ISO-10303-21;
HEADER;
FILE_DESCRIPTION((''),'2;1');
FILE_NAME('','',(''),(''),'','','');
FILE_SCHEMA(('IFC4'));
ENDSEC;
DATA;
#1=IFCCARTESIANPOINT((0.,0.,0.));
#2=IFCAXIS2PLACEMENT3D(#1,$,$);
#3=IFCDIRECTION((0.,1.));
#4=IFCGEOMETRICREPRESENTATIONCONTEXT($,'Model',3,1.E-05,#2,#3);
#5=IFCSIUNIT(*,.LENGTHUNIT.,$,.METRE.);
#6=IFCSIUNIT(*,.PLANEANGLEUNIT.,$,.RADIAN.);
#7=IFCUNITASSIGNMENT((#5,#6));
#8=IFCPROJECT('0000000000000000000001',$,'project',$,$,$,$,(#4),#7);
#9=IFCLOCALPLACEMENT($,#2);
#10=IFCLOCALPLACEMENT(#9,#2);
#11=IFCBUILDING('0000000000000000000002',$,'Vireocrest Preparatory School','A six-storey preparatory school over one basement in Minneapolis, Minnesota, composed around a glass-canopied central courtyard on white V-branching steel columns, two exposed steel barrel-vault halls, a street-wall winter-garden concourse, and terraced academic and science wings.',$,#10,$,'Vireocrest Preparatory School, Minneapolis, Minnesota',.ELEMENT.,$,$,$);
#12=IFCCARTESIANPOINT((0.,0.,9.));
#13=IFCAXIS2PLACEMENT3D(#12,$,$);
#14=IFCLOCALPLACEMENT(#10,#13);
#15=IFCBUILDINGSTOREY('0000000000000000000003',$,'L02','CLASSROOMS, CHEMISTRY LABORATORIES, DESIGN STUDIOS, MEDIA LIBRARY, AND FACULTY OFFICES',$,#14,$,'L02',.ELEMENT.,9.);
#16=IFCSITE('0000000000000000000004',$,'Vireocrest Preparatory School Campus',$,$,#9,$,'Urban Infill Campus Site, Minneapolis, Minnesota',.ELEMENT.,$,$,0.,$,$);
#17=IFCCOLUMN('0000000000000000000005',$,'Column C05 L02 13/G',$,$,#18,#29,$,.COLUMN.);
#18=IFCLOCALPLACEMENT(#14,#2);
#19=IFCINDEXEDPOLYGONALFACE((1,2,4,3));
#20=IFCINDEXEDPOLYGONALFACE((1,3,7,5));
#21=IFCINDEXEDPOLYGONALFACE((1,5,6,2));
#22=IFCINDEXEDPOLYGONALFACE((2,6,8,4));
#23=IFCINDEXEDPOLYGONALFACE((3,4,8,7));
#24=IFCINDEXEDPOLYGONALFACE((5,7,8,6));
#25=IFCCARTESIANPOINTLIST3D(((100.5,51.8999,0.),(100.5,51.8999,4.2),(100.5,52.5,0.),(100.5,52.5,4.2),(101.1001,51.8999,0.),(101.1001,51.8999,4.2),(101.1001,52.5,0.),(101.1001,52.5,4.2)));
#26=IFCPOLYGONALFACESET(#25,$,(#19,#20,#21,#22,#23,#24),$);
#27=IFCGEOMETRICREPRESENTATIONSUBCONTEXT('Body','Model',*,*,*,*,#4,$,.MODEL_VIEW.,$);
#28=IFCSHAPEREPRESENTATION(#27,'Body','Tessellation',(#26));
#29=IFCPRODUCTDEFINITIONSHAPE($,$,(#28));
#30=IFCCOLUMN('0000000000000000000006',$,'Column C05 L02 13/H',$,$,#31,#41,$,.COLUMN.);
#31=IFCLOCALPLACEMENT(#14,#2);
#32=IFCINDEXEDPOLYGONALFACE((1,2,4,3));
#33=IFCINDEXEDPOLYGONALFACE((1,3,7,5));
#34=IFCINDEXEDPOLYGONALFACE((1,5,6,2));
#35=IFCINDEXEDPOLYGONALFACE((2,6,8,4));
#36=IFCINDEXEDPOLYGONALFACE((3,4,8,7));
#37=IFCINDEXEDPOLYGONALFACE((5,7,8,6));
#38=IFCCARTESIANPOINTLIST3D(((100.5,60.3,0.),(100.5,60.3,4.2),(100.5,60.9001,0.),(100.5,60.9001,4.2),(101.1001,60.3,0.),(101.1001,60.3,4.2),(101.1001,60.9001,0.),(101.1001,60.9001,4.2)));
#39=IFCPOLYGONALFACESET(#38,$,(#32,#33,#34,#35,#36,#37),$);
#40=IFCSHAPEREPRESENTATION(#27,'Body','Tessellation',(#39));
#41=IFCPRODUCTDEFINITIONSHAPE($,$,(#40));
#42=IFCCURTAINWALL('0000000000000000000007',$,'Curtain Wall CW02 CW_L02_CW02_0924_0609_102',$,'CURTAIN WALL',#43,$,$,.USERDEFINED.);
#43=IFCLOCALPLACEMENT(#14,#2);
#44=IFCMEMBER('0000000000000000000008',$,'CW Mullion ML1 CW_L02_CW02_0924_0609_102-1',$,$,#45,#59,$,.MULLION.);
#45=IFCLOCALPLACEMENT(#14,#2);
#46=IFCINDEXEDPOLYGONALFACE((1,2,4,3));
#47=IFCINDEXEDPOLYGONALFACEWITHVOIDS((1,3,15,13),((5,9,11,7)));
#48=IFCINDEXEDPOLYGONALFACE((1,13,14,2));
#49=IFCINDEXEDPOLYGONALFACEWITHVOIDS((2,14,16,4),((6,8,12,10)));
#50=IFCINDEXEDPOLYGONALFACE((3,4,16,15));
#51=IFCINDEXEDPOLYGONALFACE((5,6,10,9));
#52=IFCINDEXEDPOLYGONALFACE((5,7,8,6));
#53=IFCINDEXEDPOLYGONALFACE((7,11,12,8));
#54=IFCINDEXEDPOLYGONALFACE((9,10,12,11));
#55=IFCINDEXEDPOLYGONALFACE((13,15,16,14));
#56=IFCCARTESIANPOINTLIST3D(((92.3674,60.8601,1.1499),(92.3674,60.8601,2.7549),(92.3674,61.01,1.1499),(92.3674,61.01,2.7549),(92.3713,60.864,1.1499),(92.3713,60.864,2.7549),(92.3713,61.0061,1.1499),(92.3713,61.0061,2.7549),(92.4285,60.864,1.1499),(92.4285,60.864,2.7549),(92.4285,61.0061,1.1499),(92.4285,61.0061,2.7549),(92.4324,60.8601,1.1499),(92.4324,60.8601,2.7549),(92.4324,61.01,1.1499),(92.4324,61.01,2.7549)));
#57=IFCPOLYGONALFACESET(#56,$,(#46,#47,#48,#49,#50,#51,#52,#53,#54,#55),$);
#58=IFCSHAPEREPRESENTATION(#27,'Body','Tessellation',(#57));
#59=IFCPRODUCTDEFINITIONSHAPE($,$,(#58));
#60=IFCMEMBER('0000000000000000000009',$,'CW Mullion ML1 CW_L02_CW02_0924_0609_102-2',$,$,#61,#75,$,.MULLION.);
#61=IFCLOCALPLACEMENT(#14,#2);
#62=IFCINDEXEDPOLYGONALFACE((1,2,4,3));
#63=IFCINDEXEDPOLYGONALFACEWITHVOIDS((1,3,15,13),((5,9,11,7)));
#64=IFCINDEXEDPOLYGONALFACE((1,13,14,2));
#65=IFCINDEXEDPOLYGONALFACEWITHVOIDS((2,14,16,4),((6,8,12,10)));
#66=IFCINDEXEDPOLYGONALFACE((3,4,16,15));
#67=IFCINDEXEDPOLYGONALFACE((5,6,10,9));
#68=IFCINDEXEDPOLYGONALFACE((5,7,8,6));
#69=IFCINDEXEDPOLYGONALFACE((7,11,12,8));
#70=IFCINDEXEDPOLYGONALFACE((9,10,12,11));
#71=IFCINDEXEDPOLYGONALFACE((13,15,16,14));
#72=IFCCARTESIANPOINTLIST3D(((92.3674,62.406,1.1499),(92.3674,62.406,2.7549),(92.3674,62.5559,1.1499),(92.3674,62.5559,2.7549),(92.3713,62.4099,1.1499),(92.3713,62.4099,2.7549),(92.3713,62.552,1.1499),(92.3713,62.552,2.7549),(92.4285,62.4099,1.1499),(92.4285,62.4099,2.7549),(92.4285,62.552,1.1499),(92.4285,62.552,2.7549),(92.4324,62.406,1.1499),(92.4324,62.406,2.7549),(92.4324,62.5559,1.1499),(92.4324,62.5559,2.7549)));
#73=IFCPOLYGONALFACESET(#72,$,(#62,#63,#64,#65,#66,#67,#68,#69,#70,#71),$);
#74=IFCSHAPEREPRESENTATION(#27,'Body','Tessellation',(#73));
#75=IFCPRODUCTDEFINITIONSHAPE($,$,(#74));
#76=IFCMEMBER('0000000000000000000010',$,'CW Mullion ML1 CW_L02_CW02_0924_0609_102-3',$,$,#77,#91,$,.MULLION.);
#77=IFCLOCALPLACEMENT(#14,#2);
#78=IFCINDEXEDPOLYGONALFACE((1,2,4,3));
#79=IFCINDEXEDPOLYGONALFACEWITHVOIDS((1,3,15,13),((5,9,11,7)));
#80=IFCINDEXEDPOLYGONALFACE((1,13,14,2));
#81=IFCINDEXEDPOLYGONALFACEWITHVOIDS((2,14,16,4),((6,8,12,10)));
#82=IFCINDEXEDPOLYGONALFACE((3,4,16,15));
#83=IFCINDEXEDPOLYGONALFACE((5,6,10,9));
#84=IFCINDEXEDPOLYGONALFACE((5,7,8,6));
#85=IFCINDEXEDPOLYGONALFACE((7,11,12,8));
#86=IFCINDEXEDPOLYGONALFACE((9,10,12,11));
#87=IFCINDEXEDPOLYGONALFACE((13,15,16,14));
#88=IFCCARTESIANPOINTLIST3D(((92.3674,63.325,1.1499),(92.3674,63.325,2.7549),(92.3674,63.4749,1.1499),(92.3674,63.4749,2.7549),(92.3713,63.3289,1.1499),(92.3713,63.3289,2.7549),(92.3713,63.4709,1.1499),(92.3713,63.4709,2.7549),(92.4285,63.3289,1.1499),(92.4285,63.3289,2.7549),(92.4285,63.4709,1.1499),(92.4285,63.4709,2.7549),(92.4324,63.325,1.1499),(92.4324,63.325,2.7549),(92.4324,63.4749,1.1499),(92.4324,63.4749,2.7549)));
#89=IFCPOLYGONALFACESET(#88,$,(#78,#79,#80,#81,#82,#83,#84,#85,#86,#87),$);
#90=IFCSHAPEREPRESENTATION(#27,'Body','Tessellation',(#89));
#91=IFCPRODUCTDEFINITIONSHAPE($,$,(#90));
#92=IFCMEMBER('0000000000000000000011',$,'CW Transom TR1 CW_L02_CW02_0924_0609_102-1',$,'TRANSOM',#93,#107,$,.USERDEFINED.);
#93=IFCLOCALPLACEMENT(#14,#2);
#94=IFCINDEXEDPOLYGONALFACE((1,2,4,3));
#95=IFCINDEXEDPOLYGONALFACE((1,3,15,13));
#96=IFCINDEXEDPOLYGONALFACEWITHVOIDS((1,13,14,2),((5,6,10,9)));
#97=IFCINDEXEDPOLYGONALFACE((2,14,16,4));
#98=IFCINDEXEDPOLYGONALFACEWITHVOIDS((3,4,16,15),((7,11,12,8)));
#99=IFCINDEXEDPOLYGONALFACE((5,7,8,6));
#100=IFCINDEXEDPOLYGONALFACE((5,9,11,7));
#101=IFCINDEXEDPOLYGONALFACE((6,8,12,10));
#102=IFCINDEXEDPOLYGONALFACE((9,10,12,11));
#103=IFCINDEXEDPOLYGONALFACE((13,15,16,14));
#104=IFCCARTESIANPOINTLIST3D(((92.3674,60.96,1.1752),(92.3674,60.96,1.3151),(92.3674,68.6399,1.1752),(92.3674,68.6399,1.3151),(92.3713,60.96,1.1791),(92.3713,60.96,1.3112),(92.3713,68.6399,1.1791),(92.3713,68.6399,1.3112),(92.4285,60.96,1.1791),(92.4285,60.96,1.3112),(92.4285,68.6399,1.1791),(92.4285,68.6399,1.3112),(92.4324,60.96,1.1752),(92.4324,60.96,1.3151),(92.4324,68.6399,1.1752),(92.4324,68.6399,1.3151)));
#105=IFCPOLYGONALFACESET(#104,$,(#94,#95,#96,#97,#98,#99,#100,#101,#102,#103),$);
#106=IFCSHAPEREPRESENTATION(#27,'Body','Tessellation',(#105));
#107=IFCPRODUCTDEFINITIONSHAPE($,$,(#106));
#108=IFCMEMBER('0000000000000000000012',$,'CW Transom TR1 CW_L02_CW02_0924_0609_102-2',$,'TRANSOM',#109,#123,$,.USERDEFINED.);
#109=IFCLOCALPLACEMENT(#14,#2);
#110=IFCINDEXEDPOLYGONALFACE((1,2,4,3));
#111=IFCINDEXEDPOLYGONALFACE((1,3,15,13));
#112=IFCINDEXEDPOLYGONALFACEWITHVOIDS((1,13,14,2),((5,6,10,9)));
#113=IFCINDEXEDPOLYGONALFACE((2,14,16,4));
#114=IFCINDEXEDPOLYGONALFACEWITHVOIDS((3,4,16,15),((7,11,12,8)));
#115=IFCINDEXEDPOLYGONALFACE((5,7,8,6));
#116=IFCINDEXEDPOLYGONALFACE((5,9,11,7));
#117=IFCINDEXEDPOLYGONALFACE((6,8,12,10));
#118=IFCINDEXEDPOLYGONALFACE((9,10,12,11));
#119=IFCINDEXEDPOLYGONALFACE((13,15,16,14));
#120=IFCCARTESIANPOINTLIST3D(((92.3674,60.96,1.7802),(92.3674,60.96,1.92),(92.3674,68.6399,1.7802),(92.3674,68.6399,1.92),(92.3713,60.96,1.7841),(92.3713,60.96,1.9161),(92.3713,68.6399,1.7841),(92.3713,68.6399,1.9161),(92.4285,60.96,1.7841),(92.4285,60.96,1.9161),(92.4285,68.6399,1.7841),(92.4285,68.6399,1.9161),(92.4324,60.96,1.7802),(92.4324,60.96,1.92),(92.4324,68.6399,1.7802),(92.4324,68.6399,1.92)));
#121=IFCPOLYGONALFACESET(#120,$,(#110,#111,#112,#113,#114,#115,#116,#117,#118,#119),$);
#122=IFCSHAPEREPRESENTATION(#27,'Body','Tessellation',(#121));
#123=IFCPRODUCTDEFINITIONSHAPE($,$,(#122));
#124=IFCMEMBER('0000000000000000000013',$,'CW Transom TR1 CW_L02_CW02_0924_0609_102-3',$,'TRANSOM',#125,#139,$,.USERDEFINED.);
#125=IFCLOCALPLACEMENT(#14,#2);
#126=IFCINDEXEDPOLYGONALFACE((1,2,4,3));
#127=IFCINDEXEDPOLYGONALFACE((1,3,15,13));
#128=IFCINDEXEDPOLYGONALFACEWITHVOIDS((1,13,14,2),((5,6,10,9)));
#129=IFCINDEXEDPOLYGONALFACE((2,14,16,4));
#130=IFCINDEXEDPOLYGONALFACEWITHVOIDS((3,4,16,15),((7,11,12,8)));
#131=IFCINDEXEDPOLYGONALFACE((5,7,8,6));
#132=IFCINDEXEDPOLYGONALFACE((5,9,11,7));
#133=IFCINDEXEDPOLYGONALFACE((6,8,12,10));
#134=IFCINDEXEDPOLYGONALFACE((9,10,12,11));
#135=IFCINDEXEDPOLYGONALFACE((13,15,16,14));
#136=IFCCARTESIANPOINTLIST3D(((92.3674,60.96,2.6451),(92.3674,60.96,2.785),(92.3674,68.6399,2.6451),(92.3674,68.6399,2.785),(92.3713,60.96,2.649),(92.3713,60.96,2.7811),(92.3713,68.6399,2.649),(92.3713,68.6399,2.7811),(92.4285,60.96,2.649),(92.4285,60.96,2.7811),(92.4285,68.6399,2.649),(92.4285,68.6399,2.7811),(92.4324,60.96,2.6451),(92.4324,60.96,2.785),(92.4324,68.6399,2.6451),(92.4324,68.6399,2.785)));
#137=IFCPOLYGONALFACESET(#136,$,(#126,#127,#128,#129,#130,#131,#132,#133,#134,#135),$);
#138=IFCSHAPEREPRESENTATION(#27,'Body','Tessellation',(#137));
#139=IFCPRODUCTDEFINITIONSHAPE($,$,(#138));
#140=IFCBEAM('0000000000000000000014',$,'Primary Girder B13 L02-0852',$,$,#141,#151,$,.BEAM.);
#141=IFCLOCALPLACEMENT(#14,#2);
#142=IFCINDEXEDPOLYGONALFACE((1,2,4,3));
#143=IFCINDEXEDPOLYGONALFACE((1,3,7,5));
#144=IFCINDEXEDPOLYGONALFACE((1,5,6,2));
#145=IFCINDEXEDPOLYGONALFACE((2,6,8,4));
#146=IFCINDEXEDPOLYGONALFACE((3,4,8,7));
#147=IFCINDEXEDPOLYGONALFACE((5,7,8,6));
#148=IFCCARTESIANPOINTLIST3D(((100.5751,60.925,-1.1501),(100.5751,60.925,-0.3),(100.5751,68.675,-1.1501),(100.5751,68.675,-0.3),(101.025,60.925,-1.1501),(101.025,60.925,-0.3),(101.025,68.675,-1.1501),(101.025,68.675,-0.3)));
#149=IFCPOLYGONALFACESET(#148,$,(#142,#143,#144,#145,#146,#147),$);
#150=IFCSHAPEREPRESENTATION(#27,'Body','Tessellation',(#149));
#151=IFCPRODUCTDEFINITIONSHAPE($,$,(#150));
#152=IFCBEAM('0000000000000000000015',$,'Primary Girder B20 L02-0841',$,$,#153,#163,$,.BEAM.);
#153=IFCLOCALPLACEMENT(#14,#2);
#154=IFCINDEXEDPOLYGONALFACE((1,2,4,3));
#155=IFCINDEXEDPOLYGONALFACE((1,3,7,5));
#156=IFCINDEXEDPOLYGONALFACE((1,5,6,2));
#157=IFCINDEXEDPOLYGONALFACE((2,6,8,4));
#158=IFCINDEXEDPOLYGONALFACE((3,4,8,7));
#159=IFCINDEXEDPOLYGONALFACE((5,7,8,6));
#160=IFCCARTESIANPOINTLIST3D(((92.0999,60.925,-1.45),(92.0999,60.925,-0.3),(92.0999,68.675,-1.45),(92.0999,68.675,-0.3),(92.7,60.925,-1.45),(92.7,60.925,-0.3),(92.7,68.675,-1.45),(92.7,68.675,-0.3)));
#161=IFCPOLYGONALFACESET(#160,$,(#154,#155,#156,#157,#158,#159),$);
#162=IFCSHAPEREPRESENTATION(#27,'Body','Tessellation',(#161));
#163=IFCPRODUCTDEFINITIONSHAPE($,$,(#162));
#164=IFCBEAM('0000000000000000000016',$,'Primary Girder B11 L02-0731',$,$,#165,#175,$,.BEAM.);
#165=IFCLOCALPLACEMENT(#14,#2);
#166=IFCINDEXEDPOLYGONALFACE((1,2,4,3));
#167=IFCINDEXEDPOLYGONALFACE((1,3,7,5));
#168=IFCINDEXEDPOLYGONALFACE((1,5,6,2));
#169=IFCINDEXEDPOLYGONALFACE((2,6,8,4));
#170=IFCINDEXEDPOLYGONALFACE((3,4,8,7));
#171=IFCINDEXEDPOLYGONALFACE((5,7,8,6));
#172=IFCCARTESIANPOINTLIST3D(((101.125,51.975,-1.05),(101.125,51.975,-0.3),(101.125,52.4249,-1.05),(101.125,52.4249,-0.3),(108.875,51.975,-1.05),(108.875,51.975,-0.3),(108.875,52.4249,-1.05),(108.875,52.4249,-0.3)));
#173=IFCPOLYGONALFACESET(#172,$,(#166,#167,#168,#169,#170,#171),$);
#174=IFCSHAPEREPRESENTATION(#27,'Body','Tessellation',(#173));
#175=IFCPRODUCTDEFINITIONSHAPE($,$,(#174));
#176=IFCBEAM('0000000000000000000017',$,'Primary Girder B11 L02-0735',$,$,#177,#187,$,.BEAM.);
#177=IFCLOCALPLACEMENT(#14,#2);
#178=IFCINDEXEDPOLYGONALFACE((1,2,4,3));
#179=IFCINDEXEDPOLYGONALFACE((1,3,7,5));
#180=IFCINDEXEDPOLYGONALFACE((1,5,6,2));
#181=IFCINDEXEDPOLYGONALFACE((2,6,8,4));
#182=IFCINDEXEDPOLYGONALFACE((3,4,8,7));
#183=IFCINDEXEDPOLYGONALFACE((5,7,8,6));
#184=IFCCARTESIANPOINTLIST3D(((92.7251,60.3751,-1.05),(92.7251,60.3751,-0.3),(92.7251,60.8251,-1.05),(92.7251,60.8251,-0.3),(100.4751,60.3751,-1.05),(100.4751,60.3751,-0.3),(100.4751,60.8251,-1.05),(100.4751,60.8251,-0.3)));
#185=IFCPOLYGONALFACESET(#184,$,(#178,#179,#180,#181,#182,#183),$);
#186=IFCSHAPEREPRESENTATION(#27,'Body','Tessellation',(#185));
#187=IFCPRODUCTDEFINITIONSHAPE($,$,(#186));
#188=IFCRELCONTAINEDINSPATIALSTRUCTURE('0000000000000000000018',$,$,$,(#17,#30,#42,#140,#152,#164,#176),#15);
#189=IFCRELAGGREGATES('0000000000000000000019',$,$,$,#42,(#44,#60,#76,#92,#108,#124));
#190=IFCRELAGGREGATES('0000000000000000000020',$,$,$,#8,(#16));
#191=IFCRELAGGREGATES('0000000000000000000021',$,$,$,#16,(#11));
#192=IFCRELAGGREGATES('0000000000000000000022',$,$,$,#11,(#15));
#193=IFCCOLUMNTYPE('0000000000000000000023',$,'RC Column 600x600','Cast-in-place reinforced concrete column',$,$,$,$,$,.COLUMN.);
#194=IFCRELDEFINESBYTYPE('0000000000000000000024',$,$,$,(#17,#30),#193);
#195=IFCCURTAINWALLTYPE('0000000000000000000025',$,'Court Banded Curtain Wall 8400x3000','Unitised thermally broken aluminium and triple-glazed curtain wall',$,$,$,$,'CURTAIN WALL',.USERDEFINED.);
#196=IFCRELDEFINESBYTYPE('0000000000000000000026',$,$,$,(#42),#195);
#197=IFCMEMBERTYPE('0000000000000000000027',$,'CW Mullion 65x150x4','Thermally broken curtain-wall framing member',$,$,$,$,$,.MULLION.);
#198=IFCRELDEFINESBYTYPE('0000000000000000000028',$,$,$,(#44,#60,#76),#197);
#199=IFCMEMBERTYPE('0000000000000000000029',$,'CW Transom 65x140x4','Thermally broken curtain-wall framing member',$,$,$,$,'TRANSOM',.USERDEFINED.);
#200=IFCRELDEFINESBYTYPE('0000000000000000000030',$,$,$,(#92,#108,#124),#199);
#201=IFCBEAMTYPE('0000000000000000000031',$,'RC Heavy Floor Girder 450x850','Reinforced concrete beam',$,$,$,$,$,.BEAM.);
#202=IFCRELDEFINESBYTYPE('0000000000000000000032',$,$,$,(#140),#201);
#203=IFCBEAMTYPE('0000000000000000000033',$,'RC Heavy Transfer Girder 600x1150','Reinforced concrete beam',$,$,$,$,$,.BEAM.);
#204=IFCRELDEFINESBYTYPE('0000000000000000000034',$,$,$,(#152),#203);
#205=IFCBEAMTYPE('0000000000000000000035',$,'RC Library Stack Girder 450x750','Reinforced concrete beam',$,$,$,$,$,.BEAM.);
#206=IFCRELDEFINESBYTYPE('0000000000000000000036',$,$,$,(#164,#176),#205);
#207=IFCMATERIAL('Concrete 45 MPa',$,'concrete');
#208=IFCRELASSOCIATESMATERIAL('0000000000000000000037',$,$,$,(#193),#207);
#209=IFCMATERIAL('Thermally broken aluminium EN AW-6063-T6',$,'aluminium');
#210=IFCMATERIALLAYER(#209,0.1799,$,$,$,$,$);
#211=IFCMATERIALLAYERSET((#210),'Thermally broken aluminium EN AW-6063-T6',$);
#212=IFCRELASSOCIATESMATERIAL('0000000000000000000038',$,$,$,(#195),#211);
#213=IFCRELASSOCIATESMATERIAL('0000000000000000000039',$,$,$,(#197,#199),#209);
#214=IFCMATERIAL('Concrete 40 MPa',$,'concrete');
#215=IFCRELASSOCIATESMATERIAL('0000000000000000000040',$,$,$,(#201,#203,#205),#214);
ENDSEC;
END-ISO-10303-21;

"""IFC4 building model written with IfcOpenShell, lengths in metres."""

from ifc_helpers import new_model, si_unit, direction, frame, origin, origin_2d, place, context, subcontext, project, spatial, rectangle, hollow_rectangle, extrude, material, layer, layer_set, material_profile, profile_set, type_object, element, aggregate, save


model = new_model("IFC4")

# Units and contexts
model_context = context("Model", 3, precision=1e-05, world=origin(), true_north=direction((0.0, 1.0)))
body_context = subcontext(model_context, "Body", "Model", "MODEL_VIEW")
ifc_project = project(units=[si_unit("LENGTHUNIT", "METRE"), si_unit("PLANEANGLEUNIT", "RADIAN")], contexts=[model_context])

# Site, building, storey
site_placement = place(None, origin())
site = spatial("IfcSite", under=ifc_project, at=site_placement, Name="Vireocrest Preparatory School Campus", LongName="Urban Infill Campus Site, Minneapolis, Minnesota", CompositionType="ELEMENT", RefElevation=0.0)
building_placement = place(site_placement, origin())
building = spatial("IfcBuilding", under=site, at=building_placement, Name="Vireocrest Preparatory School", Description="A six-storey preparatory school over one basement in Minneapolis, Minnesota, composed around a glass-canopied central courtyard on white V-branching steel columns, two exposed steel barrel-vault halls, a street-wall winter-garden concourse, and terraced academic and science wings.", LongName="Vireocrest Preparatory School, Minneapolis, Minnesota", CompositionType="ELEMENT")
storey_placement = place(building_placement, frame((0.0, 0.0, 9.0)))
storey = spatial("IfcBuildingStorey", under=building, at=storey_placement, Name="L02", Description="CLASSROOMS, CHEMISTRY LABORATORIES, DESIGN STUDIOS, MEDIA LIBRARY, AND FACULTY OFFICES", LongName="L02", CompositionType="ELEMENT", Elevation=9.0)

# Columns
ifc_material_1 = material(Name="Concrete 45 MPa", Category="concrete")
ifc_material_profile_1 = material_profile(ifc_material_1, rectangle(XDim=0.6001, YDim=0.6001, at=origin_2d()), Name="RC 600x600")
ifc_profile_set_1 = profile_set([ifc_material_profile_1], Name="Concrete 45 MPa")
column_type = type_object("IfcColumnType", Name="RC Column 600x600", Description="Cast-in-place reinforced concrete column", PredefinedType="COLUMN", material=ifc_profile_set_1)
for number, where, z_axis, x_axis, name in (
    (1, (100.8, 52.2, 0.0), (0.0, 0.0, 1.0), (1.0, 0.0, 0.0), "Column C05 L02 13/G"),
    (2, (100.8, 60.6001, 0.0), (0.0, 0.0, 1.0), (1.0, 0.0, 0.0), "Column C05 L02 13/H"),
):
    element("IfcColumn", number, at=place(storey_placement, frame(where, z_axis=z_axis, x_axis=x_axis)), inside=storey, type_object=column_type, Name=name, PredefinedType="COLUMN", context=body_context, shape_type="SweptSolid", body=[
        extrude(rectangle(XDim=0.6001, YDim=0.6001, at=origin_2d()), origin(), (0.0, 0.0, 1.0), 4.2),
    ])

# Curtain wall, members
ifc_material_2 = material(Name="Thermally broken aluminium EN AW-6063-T6", Category="aluminium")
ifc_layer_1 = layer(ifc_material_2, 0.1799)
ifc_layer_set_1 = layer_set([ifc_layer_1], Name="Thermally broken aluminium EN AW-6063-T6")
curtain_wall_type = type_object("IfcCurtainWallType", Name="Court Banded Curtain Wall 8400x3000", Description="Unitised thermally broken aluminium and triple-glazed curtain wall", ElementType="CURTAIN WALL", PredefinedType="USERDEFINED", material=ifc_layer_set_1)
curtain_wall_placement = place(storey_placement, origin())
curtain_wall = element("IfcCurtainWall", 3, at=curtain_wall_placement, inside=storey, type_object=curtain_wall_type, Name="Curtain Wall CW02 CW_L02_CW02_0924_0609_102", ObjectType="CURTAIN WALL", PredefinedType="USERDEFINED")
ifc_material_profile_2 = material_profile(ifc_material_2, hollow_rectangle(XDim=0.0649, YDim=0.1499, WallThickness=0.0039, at=origin_2d()), Name="ALU 65x150x4")
ifc_profile_set_2 = profile_set([ifc_material_profile_2], Name="Thermally broken aluminium EN AW-6063-T6")
member_type_1 = type_object("IfcMemberType", Name="CW Mullion 65x150x4", Description="Thermally broken curtain-wall framing member", PredefinedType="MULLION", material=ifc_profile_set_2)
member_1_placement = place(storey_placement, frame((92.3999, 60.9351, 1.1499), z_axis=(0.0, 0.0, 1.0), x_axis=(1.0, 0.0, 0.0)))
member_1 = element("IfcMember", 4, at=member_1_placement, type_object=member_type_1, Name="CW Mullion ML1 CW_L02_CW02_0924_0609_102-1", PredefinedType="MULLION", context=body_context, shape_type="SweptSolid", body=[
    extrude(hollow_rectangle(XDim=0.0649, YDim=0.1499, WallThickness=0.0039, at=origin_2d()), origin(), (0.0, 0.0, 1.0), 1.605),
])
member_2_placement = place(storey_placement, frame((92.3999, 62.481, 1.1499), z_axis=(0.0, 0.0, 1.0), x_axis=(1.0, 0.0, 0.0)))
member_2 = element("IfcMember", 5, at=member_2_placement, type_object=member_type_1, Name="CW Mullion ML1 CW_L02_CW02_0924_0609_102-2", PredefinedType="MULLION", context=body_context, shape_type="SweptSolid", body=[
    extrude(hollow_rectangle(XDim=0.0649, YDim=0.1499, WallThickness=0.0039, at=origin_2d()), origin(), (0.0, 0.0, 1.0), 1.605),
])
member_3_placement = place(storey_placement, frame((92.3999, 63.3999, 1.1499), z_axis=(0.0, 0.0, 1.0), x_axis=(1.0, 0.0, 0.0)))
member_3 = element("IfcMember", 6, at=member_3_placement, type_object=member_type_1, Name="CW Mullion ML1 CW_L02_CW02_0924_0609_102-3", PredefinedType="MULLION", context=body_context, shape_type="SweptSolid", body=[
    extrude(hollow_rectangle(XDim=0.0649, YDim=0.1499, WallThickness=0.0039, at=origin_2d()), origin(), (0.0, 0.0, 1.0), 1.605),
])
ifc_material_profile_3 = material_profile(ifc_material_2, hollow_rectangle(XDim=0.0649, YDim=0.1399, WallThickness=0.0039, at=origin_2d()), Name="ALU 65x140x4")
ifc_profile_set_3 = profile_set([ifc_material_profile_3], Name="Thermally broken aluminium EN AW-6063-T6")
member_type_2 = type_object("IfcMemberType", Name="CW Transom 65x140x4", Description="Thermally broken curtain-wall framing member", ElementType="TRANSOM", PredefinedType="USERDEFINED", material=ifc_profile_set_3)
member_4_placement = place(storey_placement, frame((92.3999, 60.96, 1.2451), z_axis=(0.0, 1.0, 0.0), x_axis=(-1.0, 0.0, 0.0)))
member_4 = element("IfcMember", 7, at=member_4_placement, type_object=member_type_2, Name="CW Transom TR1 CW_L02_CW02_0924_0609_102-1", ObjectType="TRANSOM", PredefinedType="USERDEFINED", context=body_context, shape_type="SweptSolid", body=[
    extrude(hollow_rectangle(XDim=0.0649, YDim=0.1399, WallThickness=0.0039, at=origin_2d()), origin(), (0.0, 0.0, 1.0), 7.6799),
])
member_5_placement = place(storey_placement, frame((92.3999, 60.96, 1.8501), z_axis=(0.0, 1.0, 0.0), x_axis=(-1.0, 0.0, 0.0)))
member_5 = element("IfcMember", 8, at=member_5_placement, type_object=member_type_2, Name="CW Transom TR1 CW_L02_CW02_0924_0609_102-2", ObjectType="TRANSOM", PredefinedType="USERDEFINED", context=body_context, shape_type="SweptSolid", body=[
    extrude(hollow_rectangle(XDim=0.0649, YDim=0.1399, WallThickness=0.0039, at=origin_2d()), origin(), (0.0, 0.0, 1.0), 7.6799),
])
member_6_placement = place(storey_placement, frame((92.3999, 60.96, 2.7151), z_axis=(0.0, 1.0, 0.0), x_axis=(-1.0, 0.0, 0.0)))
member_6 = element("IfcMember", 9, at=member_6_placement, type_object=member_type_2, Name="CW Transom TR1 CW_L02_CW02_0924_0609_102-3", ObjectType="TRANSOM", PredefinedType="USERDEFINED", context=body_context, shape_type="SweptSolid", body=[
    extrude(hollow_rectangle(XDim=0.0649, YDim=0.1399, WallThickness=0.0039, at=origin_2d()), origin(), (0.0, 0.0, 1.0), 7.6799),
])

# Beams
ifc_material_3 = material(Name="Concrete 40 MPa", Category="concrete")
ifc_material_profile_4 = material_profile(ifc_material_3, rectangle(XDim=0.45, YDim=0.8501, at=origin_2d()), Name="RC 450x850")
ifc_profile_set_4 = profile_set([ifc_material_profile_4], Name="Concrete 40 MPa")
beam_type_1 = type_object("IfcBeamType", Name="RC Heavy Floor Girder 450x850", Description="Reinforced concrete beam", PredefinedType="BEAM", material=ifc_profile_set_4)
beam_1_placement = place(storey_placement, frame((100.8, 60.925, -0.7251), z_axis=(0.0, 1.0, 0.0), x_axis=(-1.0, 0.0, 0.0)))
element("IfcBeam", 10, at=beam_1_placement, inside=storey, type_object=beam_type_1, Name="Primary Girder B13 L02-0852", PredefinedType="BEAM", context=body_context, shape_type="SweptSolid", body=[
    extrude(rectangle(XDim=0.45, YDim=0.8501, at=origin_2d()), origin(), (0.0, 0.0, 1.0), 7.75),
])
ifc_material_profile_5 = material_profile(ifc_material_3, rectangle(XDim=0.6001, YDim=1.1499, at=origin_2d()), Name="RC 600x1150")
ifc_profile_set_5 = profile_set([ifc_material_profile_5], Name="Concrete 40 MPa")
beam_type_2 = type_object("IfcBeamType", Name="RC Heavy Transfer Girder 600x1150", Description="Reinforced concrete beam", PredefinedType="BEAM", material=ifc_profile_set_5)
beam_2_placement = place(storey_placement, frame((92.3999, 60.925, -0.875), z_axis=(0.0, 1.0, 0.0), x_axis=(-1.0, 0.0, 0.0)))
element("IfcBeam", 11, at=beam_2_placement, inside=storey, type_object=beam_type_2, Name="Primary Girder B20 L02-0841", PredefinedType="BEAM", context=body_context, shape_type="SweptSolid", body=[
    extrude(rectangle(XDim=0.6001, YDim=1.1499, at=origin_2d()), origin(), (0.0, 0.0, 1.0), 7.75),
])
ifc_material_profile_6 = material_profile(ifc_material_3, rectangle(XDim=0.45, YDim=0.75, at=origin_2d()), Name="RC 450x750")
ifc_profile_set_6 = profile_set([ifc_material_profile_6], Name="Concrete 40 MPa")
beam_type_3 = type_object("IfcBeamType", Name="RC Library Stack Girder 450x750", Description="Reinforced concrete beam", PredefinedType="BEAM", material=ifc_profile_set_6)
for number, where, z_axis, x_axis, name in (
    (12, (101.125, 52.2, -0.675), (1.0, 0.0, 0.0), (0.0, 1.0, 0.0), "Primary Girder B11 L02-0731"),
    (13, (92.7251, 60.6001, -0.675), (1.0, 0.0, 0.0), (0.0, 1.0, 0.0), "Primary Girder B11 L02-0735"),
):
    element("IfcBeam", number, at=place(storey_placement, frame(where, z_axis=z_axis, x_axis=x_axis)), inside=storey, type_object=beam_type_3, Name=name, PredefinedType="BEAM", context=body_context, shape_type="SweptSolid", body=[
        extrude(rectangle(XDim=0.45, YDim=0.75, at=origin_2d()), origin(), (0.0, 0.0, 1.0), 7.75),
    ])

aggregate(curtain_wall, [member_1, member_2, member_3, member_4, member_5, member_6])

save(model, "model.ifc")
